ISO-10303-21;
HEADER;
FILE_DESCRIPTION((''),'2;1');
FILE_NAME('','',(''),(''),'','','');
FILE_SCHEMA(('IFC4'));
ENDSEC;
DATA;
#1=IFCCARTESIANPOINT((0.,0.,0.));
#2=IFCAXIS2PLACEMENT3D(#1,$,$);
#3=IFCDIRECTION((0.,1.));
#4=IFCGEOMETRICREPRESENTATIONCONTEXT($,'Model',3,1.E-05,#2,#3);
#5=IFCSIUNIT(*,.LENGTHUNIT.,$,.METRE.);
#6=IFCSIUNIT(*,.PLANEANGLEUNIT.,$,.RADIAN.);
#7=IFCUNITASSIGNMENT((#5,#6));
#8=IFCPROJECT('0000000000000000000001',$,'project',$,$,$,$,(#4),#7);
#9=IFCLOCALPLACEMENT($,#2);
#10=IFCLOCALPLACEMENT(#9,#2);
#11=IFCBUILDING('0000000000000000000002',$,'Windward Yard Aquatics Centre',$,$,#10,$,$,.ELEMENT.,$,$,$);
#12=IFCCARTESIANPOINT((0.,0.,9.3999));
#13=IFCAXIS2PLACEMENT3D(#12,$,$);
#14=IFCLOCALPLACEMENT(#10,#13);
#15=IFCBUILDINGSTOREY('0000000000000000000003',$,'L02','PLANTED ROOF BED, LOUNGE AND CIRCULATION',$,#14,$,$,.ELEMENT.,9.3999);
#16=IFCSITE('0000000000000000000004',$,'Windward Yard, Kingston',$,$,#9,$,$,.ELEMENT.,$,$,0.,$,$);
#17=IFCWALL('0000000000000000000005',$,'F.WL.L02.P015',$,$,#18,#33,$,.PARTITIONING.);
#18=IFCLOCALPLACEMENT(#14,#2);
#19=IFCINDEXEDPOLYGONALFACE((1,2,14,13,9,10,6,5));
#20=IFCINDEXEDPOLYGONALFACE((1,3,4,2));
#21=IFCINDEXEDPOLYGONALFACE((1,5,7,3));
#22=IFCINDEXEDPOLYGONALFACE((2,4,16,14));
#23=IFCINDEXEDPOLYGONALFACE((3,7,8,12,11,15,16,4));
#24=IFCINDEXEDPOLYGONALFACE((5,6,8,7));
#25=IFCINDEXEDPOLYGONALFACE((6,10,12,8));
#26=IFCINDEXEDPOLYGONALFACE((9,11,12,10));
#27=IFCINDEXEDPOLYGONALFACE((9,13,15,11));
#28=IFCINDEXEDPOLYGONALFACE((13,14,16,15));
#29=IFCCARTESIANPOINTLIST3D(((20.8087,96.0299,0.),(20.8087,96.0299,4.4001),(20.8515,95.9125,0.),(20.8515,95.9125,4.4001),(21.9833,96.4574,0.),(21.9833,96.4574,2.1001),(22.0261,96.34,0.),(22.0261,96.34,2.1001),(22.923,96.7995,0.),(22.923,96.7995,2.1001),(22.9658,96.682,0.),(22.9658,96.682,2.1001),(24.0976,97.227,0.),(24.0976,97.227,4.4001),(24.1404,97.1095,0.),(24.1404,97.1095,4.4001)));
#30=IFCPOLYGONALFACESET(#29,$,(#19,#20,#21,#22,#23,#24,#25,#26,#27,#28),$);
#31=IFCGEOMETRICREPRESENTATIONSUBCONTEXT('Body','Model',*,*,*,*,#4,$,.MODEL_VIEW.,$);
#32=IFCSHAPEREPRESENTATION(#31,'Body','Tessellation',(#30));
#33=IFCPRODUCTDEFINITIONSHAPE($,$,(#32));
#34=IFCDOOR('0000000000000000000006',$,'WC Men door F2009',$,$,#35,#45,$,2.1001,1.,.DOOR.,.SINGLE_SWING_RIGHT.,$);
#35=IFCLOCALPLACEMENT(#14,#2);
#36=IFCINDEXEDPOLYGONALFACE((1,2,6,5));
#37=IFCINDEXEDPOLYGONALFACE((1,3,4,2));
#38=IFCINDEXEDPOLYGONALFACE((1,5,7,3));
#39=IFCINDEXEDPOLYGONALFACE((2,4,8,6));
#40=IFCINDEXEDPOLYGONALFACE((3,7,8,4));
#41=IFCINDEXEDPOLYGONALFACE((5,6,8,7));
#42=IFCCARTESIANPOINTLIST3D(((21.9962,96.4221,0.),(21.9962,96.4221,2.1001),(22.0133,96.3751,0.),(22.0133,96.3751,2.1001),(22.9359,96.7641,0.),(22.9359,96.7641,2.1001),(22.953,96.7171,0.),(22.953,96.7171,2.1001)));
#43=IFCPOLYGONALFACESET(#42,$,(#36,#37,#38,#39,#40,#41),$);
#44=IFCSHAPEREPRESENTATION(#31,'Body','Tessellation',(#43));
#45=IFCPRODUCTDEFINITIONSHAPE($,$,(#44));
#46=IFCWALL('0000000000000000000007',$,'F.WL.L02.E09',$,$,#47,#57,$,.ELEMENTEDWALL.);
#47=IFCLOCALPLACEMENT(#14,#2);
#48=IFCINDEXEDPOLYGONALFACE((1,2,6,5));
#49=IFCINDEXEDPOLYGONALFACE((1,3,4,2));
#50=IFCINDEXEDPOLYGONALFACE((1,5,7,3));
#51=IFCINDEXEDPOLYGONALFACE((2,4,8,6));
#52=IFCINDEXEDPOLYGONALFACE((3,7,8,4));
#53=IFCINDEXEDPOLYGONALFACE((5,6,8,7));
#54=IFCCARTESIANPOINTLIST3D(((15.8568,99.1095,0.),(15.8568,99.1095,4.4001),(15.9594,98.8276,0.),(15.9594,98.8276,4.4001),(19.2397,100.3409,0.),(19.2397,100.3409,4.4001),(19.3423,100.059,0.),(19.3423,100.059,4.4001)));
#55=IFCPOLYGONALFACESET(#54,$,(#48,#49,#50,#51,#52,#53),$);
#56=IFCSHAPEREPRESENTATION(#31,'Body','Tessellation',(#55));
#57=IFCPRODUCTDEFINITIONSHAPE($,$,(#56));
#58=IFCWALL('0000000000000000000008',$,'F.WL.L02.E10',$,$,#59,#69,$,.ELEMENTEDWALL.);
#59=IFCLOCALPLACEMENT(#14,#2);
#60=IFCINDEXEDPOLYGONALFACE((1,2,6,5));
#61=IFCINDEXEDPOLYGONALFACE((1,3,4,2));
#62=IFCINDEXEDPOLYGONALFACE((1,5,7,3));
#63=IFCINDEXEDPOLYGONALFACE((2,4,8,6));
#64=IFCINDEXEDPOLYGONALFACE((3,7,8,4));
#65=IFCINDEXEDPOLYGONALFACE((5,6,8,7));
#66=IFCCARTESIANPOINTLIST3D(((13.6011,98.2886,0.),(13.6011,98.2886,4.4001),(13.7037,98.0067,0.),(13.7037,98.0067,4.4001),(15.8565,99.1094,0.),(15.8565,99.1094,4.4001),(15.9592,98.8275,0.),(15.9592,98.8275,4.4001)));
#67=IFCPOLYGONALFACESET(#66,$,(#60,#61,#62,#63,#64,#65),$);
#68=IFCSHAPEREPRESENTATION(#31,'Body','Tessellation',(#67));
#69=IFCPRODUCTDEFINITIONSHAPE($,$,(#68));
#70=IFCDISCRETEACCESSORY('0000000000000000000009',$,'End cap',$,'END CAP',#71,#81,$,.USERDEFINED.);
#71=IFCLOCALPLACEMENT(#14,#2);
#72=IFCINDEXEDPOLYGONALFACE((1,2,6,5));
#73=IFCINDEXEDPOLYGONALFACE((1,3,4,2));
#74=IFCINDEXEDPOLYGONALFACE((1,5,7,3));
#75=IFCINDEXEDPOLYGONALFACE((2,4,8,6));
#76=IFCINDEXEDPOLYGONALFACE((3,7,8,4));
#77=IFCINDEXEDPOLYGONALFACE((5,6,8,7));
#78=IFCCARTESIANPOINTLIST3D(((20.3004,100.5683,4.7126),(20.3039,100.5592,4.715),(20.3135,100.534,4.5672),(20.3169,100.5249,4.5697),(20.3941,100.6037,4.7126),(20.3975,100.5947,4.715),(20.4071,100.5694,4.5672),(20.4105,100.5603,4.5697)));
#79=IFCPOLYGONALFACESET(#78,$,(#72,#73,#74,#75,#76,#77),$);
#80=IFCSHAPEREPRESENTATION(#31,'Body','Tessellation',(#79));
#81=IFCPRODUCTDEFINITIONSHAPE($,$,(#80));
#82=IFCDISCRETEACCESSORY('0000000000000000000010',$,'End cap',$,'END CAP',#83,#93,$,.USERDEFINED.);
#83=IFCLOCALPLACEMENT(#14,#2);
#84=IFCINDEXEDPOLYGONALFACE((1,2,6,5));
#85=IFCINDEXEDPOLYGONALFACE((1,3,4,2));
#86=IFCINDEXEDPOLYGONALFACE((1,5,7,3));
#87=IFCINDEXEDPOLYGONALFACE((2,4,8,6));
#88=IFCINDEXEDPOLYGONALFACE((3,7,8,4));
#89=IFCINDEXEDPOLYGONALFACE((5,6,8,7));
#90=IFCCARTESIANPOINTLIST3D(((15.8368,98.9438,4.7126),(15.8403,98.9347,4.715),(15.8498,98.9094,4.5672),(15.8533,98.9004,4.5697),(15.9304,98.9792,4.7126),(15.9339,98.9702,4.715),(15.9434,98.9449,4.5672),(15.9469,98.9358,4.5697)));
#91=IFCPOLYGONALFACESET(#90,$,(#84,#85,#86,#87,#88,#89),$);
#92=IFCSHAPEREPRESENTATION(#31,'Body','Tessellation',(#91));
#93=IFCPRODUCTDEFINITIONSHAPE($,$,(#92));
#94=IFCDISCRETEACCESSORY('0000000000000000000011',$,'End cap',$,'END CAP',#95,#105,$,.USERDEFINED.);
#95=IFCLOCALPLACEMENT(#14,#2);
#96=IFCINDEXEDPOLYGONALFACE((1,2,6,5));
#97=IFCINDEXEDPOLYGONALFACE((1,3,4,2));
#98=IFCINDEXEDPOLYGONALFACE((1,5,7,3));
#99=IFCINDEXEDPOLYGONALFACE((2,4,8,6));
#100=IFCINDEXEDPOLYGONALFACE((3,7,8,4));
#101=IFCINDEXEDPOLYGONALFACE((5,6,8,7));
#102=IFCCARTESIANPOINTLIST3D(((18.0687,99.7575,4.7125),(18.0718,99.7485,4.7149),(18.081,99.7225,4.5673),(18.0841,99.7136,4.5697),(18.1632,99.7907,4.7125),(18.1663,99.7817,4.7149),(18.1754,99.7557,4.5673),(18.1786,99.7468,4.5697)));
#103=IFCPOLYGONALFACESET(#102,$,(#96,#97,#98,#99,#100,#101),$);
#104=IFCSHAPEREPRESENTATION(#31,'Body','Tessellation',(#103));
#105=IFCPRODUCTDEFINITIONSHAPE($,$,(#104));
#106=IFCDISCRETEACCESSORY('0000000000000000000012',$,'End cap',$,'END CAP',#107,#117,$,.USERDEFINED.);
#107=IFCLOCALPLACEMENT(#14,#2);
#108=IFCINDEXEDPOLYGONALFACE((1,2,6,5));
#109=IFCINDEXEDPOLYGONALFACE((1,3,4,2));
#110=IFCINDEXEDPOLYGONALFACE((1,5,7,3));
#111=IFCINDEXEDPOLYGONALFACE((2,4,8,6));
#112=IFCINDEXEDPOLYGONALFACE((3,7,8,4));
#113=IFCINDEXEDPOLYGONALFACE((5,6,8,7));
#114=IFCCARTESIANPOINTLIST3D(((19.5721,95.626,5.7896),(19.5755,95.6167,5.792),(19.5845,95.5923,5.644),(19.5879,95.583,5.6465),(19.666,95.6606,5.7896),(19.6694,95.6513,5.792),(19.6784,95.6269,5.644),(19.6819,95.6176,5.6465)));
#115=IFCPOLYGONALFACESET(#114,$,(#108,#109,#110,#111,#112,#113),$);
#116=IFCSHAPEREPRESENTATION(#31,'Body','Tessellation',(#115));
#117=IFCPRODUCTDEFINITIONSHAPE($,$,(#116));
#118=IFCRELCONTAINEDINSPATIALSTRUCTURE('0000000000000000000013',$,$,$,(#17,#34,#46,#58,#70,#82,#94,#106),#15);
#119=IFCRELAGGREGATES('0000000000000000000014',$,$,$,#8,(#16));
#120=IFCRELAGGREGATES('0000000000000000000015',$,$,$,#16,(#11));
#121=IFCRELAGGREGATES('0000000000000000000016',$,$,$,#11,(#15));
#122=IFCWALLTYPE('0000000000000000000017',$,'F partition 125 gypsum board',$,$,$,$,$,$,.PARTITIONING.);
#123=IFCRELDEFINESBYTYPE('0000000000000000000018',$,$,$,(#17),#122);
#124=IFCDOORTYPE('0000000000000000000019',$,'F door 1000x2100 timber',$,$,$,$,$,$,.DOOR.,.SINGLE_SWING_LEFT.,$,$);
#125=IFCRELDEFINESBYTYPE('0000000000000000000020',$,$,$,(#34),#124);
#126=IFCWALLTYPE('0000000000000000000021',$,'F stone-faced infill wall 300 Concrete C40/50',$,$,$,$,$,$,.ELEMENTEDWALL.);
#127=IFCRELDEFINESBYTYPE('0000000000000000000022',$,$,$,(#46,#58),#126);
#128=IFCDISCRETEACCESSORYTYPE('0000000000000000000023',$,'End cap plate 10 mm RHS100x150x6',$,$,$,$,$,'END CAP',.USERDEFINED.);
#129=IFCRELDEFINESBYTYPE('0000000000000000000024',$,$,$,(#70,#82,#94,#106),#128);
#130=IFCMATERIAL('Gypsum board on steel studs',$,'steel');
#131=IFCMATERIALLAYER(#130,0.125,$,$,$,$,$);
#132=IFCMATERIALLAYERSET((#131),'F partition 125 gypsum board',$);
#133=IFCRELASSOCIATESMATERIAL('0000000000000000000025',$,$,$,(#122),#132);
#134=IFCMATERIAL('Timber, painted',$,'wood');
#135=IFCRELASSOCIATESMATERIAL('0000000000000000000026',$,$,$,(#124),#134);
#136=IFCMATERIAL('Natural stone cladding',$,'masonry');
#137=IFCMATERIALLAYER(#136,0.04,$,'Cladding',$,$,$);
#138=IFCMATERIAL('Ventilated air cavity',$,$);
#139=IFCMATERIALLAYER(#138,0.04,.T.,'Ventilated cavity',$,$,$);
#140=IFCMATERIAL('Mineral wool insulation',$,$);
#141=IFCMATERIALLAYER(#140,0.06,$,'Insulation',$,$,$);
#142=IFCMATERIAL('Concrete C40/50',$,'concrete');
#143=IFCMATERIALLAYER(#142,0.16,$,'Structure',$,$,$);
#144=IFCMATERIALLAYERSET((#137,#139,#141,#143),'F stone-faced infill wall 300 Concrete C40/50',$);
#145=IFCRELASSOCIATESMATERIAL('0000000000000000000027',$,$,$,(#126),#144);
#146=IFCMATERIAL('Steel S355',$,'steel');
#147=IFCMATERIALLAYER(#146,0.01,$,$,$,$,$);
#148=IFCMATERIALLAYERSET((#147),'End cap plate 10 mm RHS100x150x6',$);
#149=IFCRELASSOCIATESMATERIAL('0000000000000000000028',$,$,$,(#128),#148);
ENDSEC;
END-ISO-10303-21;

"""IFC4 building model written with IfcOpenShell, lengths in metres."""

from ifc_helpers import new_model, si_unit, direction, frame, frame_2d, origin, origin_2d, place, context, subcontext, project, spatial, rectangle, extrude, material, layer, layer_set, type_object, element, fill, save


model = new_model("IFC4")

# Units and contexts
model_context = context("Model", 3, precision=1e-05, world=origin(), true_north=direction((0.0, 1.0)))
body_context = subcontext(model_context, "Body", "Model", "MODEL_VIEW")
ifc_project = project(units=[si_unit("LENGTHUNIT", "METRE"), si_unit("PLANEANGLEUNIT", "RADIAN")], contexts=[model_context])

# Site, building, storey
site_placement = place(None, origin())
site = spatial("IfcSite", under=ifc_project, at=site_placement, Name="Windward Yard, Kingston", CompositionType="ELEMENT", RefElevation=0.0)
building_placement = place(site_placement, origin())
building = spatial("IfcBuilding", under=site, at=building_placement, Name="Windward Yard Aquatics Centre", CompositionType="ELEMENT")
storey_placement = place(building_placement, frame((0.0, 0.0, 9.3999)))
storey = spatial("IfcBuildingStorey", under=building, at=storey_placement, Name="L02", Description="PLANTED ROOF BED, LOUNGE AND CIRCULATION", CompositionType="ELEMENT", Elevation=9.3999)

# Shared definitions
ifc_material_1 = material(Name="Steel S355", Category="steel")

# Shared definitions
ifc_material_2 = material(Name="Gypsum board on steel studs", Category="steel")
ifc_layer_1 = layer(ifc_material_2, 0.125)
ifc_layer_set_1 = layer_set([ifc_layer_1], Name="F partition 125 gypsum board")
wall_type_1 = type_object("IfcWallType", Name="F partition 125 gypsum board", PredefinedType="PARTITIONING", material=ifc_layer_set_1)

# Wall, opening, door
wall_1_placement = place(storey_placement, frame((20.8301, 95.9712, 0.0), z_axis=(0.0, 0.0, 1.0), x_axis=(0.939694, 0.342017, 0.0)))
wall_1 = element("IfcWall", 1, at=wall_1_placement, inside=storey, type_object=wall_type_1, Name="F.WL.L02.P015", PredefinedType="PARTITIONING", context=body_context, shape_type="SweptSolid", body=[
    extrude(rectangle(XDim=3.5, YDim=0.125, at=frame_2d((1.75, 0.0))), origin(), (0.0, 0.0, 1.0), 4.4001),
])
opening_placement = place(wall_1_placement, frame((1.25, 0.0, 0.0)))
opening = element("IfcOpeningElement", 2, at=opening_placement, cuts=wall_1, PredefinedType="OPENING", context=body_context, shape_type="SweptSolid", body=[
    extrude(rectangle(XDim=1.0, YDim=2.1001, at=frame_2d((0.5, 1.05))), frame((0.0, 0.0725, 0.0), z_axis=(0.0, -1.0, 0.0), x_axis=(1.0, 0.0, 0.0)), (0.0, 0.0, 1.0), 0.145),
])
ifc_material_3 = material(Name="Timber, painted", Category="wood")
door_type = type_object("IfcDoorType", Name="F door 1000x2100 timber", OperationType="SINGLE_SWING_LEFT", PredefinedType="DOOR", material=ifc_material_3)
door_placement = place(opening_placement, origin())
door = element("IfcDoor", 3, at=door_placement, inside=storey, type_object=door_type, Name="WC Men door F2009", OperationType="SINGLE_SWING_RIGHT", OverallHeight=2.1001, OverallWidth=1.0, PredefinedType="DOOR", context=body_context, shape_type="SweptSolid", body=[
    extrude(rectangle(XDim=1.0, YDim=2.1001, at=frame_2d((0.5, 1.05))), frame((0.0, 0.0249, 0.0), z_axis=(0.0, -1.0, 0.0), x_axis=(1.0, 0.0, 0.0)), (0.0, 0.0, 1.0), 0.05),
])
fill(opening, door)

# Walls
ifc_material_4 = material(Name="Natural stone cladding", Category="masonry")
ifc_layer_2 = layer(ifc_material_4, 0.04, Name="Cladding")
ifc_material_5 = material(Name="Ventilated air cavity")
ifc_layer_3 = layer(ifc_material_5, 0.04, ventilated=True, Name="Ventilated cavity")
ifc_material_6 = material(Name="Mineral wool insulation")
ifc_layer_4 = layer(ifc_material_6, 0.06, Name="Insulation")
ifc_material_7 = material(Name="Concrete C40/50", Category="concrete")
ifc_layer_5 = layer(ifc_material_7, 0.16, Name="Structure")
ifc_layer_set_2 = layer_set([ifc_layer_2, ifc_layer_3, ifc_layer_4, ifc_layer_5], Name="F stone-faced infill wall 300 Concrete C40/50")
wall_type_2 = type_object("IfcWallType", Name="F stone-faced infill wall 300 Concrete C40/50", PredefinedType="ELEMENTEDWALL", material=ifc_layer_set_2)
wall_2_placement = place(storey_placement, frame((19.291, 100.2, 0.0), z_axis=(0.0, 0.0, 1.0), x_axis=(-0.939682, -0.342048, 0.0)))
element("IfcWall", 4, at=wall_2_placement, inside=storey, type_object=wall_type_2, Name="F.WL.L02.E09", PredefinedType="ELEMENTEDWALL", context=body_context, shape_type="SweptSolid", body=[
    extrude(rectangle(XDim=3.6001, YDim=0.3, at=frame_2d((1.8, 0.0))), origin(), (0.0, 0.0, 1.0), 4.4001),
])
wall_3_placement = place(storey_placement, frame((15.908, 98.9685, 0.0), z_axis=(0.0, 0.0, 1.0), x_axis=(-0.939704, -0.341988, 0.0)))
element("IfcWall", 5, at=wall_3_placement, inside=storey, type_object=wall_type_2, Name="F.WL.L02.E10", PredefinedType="ELEMENTEDWALL", context=body_context, shape_type="SweptSolid", body=[
    extrude(rectangle(XDim=2.4001, YDim=0.3, at=frame_2d((1.2002, 0.0))), origin(), (0.0, 0.0, 1.0), 4.4001),
])

# Discrete accessories
ifc_layer_6 = layer(ifc_material_1, 0.01)
ifc_layer_set_3 = layer_set([ifc_layer_6], Name="End cap plate 10 mm RHS100x150x6")
discrete_accessory_type = type_object("IfcDiscreteAccessoryType", Name="End cap plate 10 mm RHS100x150x6", ElementType="END CAP", PredefinedType="USERDEFINED", material=ifc_layer_set_3)
for number, where, z_axis, x_axis, name in (
    (6, (20.3538, 100.5688, 4.6399), (0.3431, -0.906765, 0.245072), (0.935286, 0.353892, 0.0), "End cap"),
    (7, (15.8901, 98.9443, 4.6399), (0.3431, -0.906765, 0.245072), (0.935286, 0.353892, 0.0), "End cap"),
):
    element("IfcDiscreteAccessory", number, at=place(storey_placement, frame(where, z_axis=z_axis, x_axis=x_axis)), inside=storey, type_object=discrete_accessory_type, Name=name, ObjectType="END CAP", PredefinedType="USERDEFINED", context=body_context, shape_type="SweptSolid", body=[
        extrude(rectangle(XDim=0.1001, YDim=0.1499, at=origin_2d()), origin(), (0.0, 0.0, 1.0), 0.01),
    ])
discrete_accessory_1_placement = place(storey_placement, frame((18.1221, 99.7566, 4.6399), z_axis=(0.321208, -0.914207, 0.247083), x_axis=(0.94346, 0.331486, 0.0)))
element("IfcDiscreteAccessory", 8, at=discrete_accessory_1_placement, inside=storey, type_object=discrete_accessory_type, Name="End cap", ObjectType="END CAP", PredefinedType="USERDEFINED", context=body_context, shape_type="SweptSolid", body=[
    extrude(rectangle(XDim=0.1001, YDim=0.1499, at=origin_2d()), origin(), (0.0, 0.0, 1.0), 0.0098),
])
discrete_accessory_2_placement = place(storey_placement, frame((19.6252, 95.6265, 5.7168), z_axis=(0.335624, -0.91098, 0.239732), x_axis=(0.938343, 0.345705, 0.0)))
element("IfcDiscreteAccessory", 9, at=discrete_accessory_2_placement, inside=storey, type_object=discrete_accessory_type, Name="End cap", ObjectType="END CAP", PredefinedType="USERDEFINED", context=body_context, shape_type="SweptSolid", body=[
    extrude(rectangle(XDim=0.1001, YDim=0.1499, at=origin_2d()), origin(), (0.0, 0.0, 1.0), 0.0103),
])

save(model, "model.ifc")
